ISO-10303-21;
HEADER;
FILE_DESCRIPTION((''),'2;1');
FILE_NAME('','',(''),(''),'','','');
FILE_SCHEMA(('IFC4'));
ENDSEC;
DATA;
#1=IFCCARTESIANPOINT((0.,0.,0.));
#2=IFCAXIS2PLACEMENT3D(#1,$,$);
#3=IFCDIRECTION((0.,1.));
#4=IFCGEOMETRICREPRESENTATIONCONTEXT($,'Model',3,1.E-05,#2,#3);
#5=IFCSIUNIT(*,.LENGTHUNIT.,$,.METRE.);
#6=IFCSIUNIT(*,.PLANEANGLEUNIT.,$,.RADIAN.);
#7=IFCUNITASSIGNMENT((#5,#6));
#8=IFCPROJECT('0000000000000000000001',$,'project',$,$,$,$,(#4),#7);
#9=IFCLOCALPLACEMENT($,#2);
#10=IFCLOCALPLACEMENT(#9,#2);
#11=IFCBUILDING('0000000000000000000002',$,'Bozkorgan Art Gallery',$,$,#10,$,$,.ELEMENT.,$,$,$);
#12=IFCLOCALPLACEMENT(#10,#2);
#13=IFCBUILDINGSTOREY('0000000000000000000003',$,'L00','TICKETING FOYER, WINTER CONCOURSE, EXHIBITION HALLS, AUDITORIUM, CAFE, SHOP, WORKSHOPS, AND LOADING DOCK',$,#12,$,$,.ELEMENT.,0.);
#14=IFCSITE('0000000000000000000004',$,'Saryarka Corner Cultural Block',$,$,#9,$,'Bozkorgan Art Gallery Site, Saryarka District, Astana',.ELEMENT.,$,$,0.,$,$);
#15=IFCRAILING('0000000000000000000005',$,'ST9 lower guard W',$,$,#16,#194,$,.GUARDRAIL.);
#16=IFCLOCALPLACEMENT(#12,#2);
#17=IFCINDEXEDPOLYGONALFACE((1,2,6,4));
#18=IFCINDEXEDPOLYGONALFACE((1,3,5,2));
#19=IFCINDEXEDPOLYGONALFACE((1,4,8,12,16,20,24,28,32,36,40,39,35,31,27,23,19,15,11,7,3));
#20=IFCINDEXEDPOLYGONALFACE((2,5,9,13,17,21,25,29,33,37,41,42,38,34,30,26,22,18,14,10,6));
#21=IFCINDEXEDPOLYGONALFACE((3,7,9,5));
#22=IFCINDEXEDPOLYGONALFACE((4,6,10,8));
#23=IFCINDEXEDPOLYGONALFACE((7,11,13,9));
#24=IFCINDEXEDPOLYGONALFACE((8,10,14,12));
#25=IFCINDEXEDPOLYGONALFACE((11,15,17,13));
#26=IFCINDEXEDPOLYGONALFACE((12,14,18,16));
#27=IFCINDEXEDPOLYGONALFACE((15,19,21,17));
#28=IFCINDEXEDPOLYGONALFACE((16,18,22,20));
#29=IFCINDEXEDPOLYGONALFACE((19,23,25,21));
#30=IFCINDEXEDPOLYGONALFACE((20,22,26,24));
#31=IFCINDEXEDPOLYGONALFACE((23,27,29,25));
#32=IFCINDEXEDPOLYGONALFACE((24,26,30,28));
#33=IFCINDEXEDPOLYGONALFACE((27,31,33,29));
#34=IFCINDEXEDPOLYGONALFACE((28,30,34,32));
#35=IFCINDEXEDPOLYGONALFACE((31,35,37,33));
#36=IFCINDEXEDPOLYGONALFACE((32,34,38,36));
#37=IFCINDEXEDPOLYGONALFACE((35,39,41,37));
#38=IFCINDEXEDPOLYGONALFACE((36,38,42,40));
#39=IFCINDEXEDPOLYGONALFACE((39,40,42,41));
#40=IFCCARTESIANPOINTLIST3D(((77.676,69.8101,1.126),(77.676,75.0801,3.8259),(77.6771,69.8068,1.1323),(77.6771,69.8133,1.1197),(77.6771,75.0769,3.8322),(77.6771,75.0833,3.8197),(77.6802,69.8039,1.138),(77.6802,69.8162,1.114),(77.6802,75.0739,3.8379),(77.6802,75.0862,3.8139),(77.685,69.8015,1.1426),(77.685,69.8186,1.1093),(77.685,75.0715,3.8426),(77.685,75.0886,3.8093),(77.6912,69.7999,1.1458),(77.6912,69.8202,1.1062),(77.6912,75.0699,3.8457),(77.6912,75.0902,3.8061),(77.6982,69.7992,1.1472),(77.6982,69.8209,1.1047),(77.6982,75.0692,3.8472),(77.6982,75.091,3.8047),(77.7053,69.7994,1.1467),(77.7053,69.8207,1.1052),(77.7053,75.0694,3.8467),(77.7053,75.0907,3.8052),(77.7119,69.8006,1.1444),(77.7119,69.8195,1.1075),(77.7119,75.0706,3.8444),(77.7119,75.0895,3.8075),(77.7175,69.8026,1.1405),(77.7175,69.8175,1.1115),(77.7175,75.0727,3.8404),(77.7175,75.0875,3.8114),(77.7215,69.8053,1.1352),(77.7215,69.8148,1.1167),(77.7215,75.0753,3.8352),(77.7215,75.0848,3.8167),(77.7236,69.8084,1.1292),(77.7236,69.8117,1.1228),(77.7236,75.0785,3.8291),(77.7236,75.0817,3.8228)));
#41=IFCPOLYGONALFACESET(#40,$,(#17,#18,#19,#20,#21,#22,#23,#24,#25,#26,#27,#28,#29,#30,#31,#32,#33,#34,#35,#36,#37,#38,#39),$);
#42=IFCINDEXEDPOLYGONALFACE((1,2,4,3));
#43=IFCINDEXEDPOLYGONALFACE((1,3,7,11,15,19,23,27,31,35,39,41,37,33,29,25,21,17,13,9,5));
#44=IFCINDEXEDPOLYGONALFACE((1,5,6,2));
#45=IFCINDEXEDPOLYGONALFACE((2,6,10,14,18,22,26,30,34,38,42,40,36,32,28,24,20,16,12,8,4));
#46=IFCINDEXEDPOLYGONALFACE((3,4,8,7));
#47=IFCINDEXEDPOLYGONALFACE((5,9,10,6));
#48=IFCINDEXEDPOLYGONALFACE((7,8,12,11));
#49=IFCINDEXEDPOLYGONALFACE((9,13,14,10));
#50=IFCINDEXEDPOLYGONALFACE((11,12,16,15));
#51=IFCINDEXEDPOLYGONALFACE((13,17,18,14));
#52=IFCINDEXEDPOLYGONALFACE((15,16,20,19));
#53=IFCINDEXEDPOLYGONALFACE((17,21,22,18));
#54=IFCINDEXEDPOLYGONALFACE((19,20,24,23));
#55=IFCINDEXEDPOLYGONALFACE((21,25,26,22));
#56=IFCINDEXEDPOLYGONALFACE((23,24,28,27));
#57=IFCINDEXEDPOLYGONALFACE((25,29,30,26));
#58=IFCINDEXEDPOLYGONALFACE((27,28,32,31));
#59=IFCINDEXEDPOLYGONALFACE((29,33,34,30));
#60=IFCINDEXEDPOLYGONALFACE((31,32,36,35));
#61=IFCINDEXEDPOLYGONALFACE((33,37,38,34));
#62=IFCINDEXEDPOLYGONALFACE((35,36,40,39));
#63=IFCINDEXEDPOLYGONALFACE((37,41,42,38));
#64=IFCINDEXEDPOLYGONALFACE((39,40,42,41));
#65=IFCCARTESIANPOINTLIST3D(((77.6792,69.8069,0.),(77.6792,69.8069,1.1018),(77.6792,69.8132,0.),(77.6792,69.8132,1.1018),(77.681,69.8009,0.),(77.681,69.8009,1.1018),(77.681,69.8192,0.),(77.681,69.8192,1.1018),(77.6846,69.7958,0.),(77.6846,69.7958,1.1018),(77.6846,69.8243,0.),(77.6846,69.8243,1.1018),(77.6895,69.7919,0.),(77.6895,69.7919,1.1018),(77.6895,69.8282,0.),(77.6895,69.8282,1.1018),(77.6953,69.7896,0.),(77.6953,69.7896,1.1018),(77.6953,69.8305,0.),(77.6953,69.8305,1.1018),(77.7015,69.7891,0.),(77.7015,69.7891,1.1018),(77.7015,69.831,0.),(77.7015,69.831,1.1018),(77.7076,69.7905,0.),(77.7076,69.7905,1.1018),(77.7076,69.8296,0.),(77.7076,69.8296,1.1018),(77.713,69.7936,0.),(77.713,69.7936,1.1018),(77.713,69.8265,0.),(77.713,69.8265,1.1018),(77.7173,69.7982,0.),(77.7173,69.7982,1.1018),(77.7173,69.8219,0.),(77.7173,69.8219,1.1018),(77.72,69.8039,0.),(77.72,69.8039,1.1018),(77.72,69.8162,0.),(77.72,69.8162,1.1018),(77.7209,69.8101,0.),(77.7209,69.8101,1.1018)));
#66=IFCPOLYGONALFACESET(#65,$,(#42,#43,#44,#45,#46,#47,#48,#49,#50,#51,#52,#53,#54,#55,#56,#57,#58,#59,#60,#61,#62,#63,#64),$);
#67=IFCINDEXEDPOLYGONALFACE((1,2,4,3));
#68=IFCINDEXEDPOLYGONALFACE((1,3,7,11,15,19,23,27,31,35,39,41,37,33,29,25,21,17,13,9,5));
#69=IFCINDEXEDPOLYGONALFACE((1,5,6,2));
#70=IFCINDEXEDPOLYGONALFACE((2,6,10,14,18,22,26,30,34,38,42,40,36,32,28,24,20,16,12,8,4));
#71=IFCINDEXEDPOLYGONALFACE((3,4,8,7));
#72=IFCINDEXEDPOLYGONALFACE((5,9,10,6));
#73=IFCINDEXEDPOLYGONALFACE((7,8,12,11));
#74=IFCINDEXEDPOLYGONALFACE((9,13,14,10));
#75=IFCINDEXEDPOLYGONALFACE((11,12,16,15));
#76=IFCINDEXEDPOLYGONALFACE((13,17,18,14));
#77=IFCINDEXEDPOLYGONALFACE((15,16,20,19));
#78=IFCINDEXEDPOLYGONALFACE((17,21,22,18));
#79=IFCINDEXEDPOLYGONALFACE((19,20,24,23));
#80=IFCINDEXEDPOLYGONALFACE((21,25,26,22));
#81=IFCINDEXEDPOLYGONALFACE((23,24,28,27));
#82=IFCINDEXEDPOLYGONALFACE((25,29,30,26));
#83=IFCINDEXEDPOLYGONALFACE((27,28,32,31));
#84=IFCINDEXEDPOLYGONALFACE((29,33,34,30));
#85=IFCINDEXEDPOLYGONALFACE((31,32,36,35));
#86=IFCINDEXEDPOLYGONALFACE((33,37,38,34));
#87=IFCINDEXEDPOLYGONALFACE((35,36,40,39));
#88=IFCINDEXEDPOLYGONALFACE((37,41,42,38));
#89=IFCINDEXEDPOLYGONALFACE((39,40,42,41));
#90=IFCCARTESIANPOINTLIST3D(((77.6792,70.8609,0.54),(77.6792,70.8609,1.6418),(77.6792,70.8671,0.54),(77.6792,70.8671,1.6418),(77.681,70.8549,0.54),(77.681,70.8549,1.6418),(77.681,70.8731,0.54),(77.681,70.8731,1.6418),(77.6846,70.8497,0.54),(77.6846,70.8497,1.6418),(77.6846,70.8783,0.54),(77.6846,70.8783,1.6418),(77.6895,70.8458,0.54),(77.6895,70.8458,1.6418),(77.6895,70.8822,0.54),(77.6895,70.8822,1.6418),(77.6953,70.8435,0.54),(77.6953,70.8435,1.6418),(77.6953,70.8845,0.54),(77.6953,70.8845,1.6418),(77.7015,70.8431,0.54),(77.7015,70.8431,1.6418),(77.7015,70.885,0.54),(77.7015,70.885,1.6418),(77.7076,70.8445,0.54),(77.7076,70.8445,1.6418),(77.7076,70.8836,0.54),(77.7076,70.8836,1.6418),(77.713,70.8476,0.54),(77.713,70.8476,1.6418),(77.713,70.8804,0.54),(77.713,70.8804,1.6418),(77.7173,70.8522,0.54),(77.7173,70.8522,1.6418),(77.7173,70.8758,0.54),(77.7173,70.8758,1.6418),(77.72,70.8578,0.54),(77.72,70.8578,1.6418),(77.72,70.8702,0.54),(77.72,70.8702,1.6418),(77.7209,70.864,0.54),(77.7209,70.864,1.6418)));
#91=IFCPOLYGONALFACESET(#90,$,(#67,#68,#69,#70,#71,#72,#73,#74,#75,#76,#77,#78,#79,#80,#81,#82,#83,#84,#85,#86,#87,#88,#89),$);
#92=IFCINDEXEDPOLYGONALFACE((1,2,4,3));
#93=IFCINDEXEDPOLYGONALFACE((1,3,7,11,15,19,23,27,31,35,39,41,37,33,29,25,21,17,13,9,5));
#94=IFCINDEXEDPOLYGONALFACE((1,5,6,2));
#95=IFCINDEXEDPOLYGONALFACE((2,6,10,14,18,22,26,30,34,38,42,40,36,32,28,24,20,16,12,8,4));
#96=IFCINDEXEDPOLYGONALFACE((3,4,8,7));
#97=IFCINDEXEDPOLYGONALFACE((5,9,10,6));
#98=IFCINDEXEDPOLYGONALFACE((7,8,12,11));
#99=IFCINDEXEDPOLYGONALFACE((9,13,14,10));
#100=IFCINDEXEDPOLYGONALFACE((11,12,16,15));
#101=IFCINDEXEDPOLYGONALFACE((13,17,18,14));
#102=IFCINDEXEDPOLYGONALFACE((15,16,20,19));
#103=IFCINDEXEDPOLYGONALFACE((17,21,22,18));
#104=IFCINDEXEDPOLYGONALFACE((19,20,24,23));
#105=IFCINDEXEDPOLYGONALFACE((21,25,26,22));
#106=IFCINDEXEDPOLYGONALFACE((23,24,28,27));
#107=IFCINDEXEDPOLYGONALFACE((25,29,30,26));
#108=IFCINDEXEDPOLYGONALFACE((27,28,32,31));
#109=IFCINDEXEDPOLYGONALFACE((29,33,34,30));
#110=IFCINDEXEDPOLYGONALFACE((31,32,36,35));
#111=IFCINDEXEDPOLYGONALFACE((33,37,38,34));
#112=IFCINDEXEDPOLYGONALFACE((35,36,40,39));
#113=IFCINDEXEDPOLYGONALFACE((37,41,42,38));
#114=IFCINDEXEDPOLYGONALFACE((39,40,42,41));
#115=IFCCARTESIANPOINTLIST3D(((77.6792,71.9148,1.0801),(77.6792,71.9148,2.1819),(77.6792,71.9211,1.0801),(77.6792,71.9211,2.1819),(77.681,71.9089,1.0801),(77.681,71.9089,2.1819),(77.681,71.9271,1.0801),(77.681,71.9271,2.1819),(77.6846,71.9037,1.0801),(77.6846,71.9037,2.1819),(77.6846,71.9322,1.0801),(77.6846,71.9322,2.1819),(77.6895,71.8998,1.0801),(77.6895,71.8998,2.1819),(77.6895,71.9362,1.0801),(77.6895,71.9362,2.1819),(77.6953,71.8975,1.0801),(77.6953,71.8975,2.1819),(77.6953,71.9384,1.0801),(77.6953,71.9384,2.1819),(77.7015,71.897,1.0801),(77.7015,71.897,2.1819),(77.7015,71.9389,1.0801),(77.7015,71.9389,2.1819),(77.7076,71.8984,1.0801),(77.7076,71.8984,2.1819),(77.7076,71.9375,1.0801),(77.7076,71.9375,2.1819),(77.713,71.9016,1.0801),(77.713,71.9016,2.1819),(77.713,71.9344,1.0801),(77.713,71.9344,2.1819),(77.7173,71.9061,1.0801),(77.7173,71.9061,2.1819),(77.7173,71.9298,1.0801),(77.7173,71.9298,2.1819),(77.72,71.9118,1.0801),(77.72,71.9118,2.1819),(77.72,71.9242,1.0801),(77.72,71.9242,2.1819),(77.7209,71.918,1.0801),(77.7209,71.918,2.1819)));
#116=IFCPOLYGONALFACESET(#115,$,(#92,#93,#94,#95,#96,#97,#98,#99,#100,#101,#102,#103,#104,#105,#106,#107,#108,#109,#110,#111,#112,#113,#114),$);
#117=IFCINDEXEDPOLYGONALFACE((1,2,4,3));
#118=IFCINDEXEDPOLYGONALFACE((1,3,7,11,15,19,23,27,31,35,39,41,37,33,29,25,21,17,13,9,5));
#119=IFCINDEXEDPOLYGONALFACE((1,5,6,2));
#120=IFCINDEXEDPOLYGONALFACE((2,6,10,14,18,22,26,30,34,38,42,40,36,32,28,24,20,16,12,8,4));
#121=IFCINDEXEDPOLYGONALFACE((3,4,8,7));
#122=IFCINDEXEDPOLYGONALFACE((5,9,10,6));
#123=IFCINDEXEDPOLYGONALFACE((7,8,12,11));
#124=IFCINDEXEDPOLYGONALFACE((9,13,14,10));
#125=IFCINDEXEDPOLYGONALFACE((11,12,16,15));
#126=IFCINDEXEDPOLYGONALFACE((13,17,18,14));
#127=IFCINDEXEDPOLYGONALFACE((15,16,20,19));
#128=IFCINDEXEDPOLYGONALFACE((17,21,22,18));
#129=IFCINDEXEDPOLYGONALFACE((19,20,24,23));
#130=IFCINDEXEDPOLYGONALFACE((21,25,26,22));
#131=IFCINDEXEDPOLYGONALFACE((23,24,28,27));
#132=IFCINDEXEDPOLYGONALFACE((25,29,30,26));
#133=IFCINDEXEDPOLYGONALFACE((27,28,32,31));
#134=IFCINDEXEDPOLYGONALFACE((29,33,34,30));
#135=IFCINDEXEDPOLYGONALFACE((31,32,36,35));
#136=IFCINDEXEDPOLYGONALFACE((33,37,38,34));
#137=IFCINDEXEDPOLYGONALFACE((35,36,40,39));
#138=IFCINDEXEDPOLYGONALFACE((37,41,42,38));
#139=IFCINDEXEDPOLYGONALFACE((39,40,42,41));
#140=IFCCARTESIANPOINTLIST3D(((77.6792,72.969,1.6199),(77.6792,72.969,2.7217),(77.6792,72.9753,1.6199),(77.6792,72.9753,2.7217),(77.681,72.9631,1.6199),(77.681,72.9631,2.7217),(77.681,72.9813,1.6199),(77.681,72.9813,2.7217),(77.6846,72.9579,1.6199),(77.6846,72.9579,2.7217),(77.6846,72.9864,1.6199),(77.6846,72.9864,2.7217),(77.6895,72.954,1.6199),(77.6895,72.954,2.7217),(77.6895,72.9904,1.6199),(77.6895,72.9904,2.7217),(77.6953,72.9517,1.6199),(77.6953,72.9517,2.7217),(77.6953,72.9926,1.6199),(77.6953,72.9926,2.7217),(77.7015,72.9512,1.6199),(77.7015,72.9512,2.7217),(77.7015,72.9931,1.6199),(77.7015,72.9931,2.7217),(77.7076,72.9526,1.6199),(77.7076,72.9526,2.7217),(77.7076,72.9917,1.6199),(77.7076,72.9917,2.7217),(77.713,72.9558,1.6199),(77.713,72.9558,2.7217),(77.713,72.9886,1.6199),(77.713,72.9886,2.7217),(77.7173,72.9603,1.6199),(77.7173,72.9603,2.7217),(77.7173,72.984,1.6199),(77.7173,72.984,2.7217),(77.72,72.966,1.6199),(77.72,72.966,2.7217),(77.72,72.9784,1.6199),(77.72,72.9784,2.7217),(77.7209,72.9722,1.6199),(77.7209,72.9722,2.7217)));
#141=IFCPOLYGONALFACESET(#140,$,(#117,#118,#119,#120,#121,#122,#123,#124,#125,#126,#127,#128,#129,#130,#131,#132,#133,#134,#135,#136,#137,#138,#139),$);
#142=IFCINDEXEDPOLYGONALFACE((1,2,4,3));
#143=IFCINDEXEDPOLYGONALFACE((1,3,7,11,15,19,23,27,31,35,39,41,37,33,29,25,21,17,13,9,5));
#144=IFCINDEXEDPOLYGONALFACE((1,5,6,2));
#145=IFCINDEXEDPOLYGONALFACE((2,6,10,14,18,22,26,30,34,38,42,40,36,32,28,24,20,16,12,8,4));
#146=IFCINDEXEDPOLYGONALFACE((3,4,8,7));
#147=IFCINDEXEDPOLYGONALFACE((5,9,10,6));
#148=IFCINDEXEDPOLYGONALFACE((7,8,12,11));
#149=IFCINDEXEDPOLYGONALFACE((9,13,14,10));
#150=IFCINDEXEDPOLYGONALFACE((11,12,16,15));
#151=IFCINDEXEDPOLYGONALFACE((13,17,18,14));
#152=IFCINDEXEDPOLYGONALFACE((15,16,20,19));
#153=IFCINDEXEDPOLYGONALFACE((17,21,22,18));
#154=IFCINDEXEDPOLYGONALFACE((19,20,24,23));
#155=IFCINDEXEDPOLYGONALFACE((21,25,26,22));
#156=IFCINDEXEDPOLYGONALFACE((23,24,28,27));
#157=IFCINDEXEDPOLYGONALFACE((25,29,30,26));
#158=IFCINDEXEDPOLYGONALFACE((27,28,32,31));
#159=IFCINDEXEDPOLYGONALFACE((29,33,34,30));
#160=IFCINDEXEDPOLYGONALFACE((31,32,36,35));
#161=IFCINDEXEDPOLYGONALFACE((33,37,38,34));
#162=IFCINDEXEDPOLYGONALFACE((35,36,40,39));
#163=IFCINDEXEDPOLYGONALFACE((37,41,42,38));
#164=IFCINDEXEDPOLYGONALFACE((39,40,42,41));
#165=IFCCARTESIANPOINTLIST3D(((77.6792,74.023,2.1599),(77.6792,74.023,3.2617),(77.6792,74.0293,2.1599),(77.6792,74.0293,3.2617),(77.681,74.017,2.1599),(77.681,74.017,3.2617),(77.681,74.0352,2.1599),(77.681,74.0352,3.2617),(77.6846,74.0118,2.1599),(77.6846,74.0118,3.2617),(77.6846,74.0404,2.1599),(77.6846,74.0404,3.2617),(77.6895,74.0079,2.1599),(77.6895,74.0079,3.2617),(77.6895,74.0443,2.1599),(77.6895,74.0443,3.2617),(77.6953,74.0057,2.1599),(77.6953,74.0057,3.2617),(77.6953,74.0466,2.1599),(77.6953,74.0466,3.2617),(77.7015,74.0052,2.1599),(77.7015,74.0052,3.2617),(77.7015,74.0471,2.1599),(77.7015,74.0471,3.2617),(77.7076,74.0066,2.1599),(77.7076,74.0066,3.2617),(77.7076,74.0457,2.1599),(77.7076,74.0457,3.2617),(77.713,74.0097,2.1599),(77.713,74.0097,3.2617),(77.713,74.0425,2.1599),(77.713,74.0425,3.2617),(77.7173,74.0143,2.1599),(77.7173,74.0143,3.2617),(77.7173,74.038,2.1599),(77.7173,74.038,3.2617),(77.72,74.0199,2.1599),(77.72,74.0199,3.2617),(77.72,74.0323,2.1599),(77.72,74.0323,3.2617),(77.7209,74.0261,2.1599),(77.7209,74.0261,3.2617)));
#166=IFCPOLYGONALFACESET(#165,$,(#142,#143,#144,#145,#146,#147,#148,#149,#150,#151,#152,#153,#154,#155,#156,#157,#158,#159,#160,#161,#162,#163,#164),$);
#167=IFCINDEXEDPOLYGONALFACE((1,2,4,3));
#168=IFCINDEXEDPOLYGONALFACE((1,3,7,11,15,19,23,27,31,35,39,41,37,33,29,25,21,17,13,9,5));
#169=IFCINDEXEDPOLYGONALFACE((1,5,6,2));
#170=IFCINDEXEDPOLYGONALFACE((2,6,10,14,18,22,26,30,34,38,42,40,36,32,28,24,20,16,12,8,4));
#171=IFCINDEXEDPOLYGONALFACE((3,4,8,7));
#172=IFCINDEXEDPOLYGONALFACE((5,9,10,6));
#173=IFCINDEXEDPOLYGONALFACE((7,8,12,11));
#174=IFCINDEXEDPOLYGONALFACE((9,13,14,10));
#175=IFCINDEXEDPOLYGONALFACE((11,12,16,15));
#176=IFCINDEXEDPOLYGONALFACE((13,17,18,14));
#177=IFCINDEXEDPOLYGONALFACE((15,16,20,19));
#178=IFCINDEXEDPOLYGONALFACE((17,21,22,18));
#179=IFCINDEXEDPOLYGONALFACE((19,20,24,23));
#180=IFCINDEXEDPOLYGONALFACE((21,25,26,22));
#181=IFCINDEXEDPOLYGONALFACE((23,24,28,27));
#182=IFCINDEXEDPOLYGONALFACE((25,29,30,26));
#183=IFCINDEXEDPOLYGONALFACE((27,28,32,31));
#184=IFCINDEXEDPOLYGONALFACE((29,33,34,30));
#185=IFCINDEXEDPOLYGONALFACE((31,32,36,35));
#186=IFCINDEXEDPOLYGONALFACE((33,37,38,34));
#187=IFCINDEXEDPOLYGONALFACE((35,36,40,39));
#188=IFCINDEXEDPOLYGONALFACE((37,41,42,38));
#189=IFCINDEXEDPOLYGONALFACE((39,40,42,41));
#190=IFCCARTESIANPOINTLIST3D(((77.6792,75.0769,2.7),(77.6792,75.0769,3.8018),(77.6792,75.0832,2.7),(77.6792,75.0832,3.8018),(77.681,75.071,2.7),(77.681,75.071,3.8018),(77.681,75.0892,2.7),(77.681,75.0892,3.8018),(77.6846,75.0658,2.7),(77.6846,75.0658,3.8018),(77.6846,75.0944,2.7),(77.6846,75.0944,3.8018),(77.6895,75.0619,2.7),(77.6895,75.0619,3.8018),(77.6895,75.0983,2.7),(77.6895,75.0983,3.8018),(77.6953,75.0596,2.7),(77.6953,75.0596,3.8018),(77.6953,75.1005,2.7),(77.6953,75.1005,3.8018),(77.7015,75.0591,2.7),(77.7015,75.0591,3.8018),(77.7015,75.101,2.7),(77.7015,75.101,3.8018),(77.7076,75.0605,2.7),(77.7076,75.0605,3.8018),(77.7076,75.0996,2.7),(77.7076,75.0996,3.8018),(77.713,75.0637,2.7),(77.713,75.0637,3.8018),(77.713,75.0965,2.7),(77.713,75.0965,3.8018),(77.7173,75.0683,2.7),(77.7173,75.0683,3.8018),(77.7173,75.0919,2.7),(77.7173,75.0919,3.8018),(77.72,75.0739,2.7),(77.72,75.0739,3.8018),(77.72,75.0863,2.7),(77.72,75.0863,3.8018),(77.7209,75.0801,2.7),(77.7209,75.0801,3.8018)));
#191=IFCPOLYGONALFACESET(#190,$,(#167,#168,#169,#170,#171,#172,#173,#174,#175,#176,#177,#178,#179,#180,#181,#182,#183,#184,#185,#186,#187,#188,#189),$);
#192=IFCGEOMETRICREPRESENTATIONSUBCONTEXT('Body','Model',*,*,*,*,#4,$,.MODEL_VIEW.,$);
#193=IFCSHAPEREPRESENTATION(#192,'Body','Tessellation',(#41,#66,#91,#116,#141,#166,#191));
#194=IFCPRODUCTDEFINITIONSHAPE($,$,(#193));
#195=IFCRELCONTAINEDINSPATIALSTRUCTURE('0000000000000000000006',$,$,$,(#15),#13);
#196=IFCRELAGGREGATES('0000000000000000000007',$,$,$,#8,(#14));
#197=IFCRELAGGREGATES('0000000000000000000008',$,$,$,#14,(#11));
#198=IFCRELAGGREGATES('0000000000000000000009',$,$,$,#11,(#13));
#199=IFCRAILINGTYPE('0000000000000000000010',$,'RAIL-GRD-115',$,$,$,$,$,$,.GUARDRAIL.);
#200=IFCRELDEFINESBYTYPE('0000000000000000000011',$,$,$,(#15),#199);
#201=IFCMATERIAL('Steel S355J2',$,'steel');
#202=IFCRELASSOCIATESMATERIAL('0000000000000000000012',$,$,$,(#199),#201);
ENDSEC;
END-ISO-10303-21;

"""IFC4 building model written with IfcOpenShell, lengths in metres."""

from ifc_helpers import new_model, si_unit, direction, frame, origin, origin_2d, place, context, subcontext, project, spatial, circle, extrude, material, type_object, element, save


model = new_model("IFC4")

# Units and contexts
model_context = context("Model", 3, precision=1e-05, world=origin(), true_north=direction((0.0, 1.0)))
body_context = subcontext(model_context, "Body", "Model", "MODEL_VIEW")
ifc_project = project(units=[si_unit("LENGTHUNIT", "METRE"), si_unit("PLANEANGLEUNIT", "RADIAN")], contexts=[model_context])

# Site, building, storey
site_placement = place(None, origin())
site = spatial("IfcSite", under=ifc_project, at=site_placement, Name="Saryarka Corner Cultural Block", LongName="Bozkorgan Art Gallery Site, Saryarka District, Astana", CompositionType="ELEMENT", RefElevation=0.0)
building_placement = place(site_placement, origin())
building = spatial("IfcBuilding", under=site, at=building_placement, Name="Bozkorgan Art Gallery", CompositionType="ELEMENT")
storey_placement = place(building_placement, origin())
storey = spatial("IfcBuildingStorey", under=building, at=storey_placement, Name="L00", Description="TICKETING FOYER, WINTER CONCOURSE, EXHIBITION HALLS, AUDITORIUM, CAFE, SHOP, WORKSHOPS, AND LOADING DOCK", CompositionType="ELEMENT", Elevation=0.0)

# Shared definitions
ifc_material_1 = material(Name="Steel S355J2", Category="steel")

# Railing
railing_type_1 = type_object("IfcRailingType", Name="RAIL-GRD-115", PredefinedType="GUARDRAIL", material=ifc_material_1)
railing_1_placement = place(storey_placement, frame((77.7, 69.8101, 0.0)))
element("IfcRailing", 1, at=railing_1_placement, inside=storey, type_object=railing_type_1, Name="ST9 lower guard W", PredefinedType="GUARDRAIL", context=body_context, shape_type="SweptSolid", body=[
    extrude(circle(Radius=0.0239, at=origin_2d()), frame((0.0, 0.0, 1.126), z_axis=(0.0, 0.889997, 0.455966), x_axis=(-1.0, 0.0, 0.0)), (0.0, 0.0, 1.0), 5.9214),
    extrude(circle(Radius=0.021, at=origin_2d()), origin(), (0.0, 0.0, 1.0), 1.1018),
    extrude(circle(Radius=0.021, at=origin_2d()), frame((0.0, 1.054, 0.54)), (0.0, 0.0, 1.0), 1.1018),
    extrude(circle(Radius=0.021, at=origin_2d()), frame((0.0, 2.1079, 1.0801)), (0.0, 0.0, 1.0), 1.1018),
    extrude(circle(Radius=0.021, at=origin_2d()), frame((0.0, 3.1621, 1.6199)), (0.0, 0.0, 1.0), 1.1018),
    extrude(circle(Radius=0.021, at=origin_2d()), frame((0.0, 4.2161, 2.1599)), (0.0, 0.0, 1.0), 1.1018),
    extrude(circle(Radius=0.021, at=origin_2d()), frame((0.0, 5.27, 2.7)), (0.0, 0.0, 1.0), 1.1018),
])

save(model, "model.ifc")
